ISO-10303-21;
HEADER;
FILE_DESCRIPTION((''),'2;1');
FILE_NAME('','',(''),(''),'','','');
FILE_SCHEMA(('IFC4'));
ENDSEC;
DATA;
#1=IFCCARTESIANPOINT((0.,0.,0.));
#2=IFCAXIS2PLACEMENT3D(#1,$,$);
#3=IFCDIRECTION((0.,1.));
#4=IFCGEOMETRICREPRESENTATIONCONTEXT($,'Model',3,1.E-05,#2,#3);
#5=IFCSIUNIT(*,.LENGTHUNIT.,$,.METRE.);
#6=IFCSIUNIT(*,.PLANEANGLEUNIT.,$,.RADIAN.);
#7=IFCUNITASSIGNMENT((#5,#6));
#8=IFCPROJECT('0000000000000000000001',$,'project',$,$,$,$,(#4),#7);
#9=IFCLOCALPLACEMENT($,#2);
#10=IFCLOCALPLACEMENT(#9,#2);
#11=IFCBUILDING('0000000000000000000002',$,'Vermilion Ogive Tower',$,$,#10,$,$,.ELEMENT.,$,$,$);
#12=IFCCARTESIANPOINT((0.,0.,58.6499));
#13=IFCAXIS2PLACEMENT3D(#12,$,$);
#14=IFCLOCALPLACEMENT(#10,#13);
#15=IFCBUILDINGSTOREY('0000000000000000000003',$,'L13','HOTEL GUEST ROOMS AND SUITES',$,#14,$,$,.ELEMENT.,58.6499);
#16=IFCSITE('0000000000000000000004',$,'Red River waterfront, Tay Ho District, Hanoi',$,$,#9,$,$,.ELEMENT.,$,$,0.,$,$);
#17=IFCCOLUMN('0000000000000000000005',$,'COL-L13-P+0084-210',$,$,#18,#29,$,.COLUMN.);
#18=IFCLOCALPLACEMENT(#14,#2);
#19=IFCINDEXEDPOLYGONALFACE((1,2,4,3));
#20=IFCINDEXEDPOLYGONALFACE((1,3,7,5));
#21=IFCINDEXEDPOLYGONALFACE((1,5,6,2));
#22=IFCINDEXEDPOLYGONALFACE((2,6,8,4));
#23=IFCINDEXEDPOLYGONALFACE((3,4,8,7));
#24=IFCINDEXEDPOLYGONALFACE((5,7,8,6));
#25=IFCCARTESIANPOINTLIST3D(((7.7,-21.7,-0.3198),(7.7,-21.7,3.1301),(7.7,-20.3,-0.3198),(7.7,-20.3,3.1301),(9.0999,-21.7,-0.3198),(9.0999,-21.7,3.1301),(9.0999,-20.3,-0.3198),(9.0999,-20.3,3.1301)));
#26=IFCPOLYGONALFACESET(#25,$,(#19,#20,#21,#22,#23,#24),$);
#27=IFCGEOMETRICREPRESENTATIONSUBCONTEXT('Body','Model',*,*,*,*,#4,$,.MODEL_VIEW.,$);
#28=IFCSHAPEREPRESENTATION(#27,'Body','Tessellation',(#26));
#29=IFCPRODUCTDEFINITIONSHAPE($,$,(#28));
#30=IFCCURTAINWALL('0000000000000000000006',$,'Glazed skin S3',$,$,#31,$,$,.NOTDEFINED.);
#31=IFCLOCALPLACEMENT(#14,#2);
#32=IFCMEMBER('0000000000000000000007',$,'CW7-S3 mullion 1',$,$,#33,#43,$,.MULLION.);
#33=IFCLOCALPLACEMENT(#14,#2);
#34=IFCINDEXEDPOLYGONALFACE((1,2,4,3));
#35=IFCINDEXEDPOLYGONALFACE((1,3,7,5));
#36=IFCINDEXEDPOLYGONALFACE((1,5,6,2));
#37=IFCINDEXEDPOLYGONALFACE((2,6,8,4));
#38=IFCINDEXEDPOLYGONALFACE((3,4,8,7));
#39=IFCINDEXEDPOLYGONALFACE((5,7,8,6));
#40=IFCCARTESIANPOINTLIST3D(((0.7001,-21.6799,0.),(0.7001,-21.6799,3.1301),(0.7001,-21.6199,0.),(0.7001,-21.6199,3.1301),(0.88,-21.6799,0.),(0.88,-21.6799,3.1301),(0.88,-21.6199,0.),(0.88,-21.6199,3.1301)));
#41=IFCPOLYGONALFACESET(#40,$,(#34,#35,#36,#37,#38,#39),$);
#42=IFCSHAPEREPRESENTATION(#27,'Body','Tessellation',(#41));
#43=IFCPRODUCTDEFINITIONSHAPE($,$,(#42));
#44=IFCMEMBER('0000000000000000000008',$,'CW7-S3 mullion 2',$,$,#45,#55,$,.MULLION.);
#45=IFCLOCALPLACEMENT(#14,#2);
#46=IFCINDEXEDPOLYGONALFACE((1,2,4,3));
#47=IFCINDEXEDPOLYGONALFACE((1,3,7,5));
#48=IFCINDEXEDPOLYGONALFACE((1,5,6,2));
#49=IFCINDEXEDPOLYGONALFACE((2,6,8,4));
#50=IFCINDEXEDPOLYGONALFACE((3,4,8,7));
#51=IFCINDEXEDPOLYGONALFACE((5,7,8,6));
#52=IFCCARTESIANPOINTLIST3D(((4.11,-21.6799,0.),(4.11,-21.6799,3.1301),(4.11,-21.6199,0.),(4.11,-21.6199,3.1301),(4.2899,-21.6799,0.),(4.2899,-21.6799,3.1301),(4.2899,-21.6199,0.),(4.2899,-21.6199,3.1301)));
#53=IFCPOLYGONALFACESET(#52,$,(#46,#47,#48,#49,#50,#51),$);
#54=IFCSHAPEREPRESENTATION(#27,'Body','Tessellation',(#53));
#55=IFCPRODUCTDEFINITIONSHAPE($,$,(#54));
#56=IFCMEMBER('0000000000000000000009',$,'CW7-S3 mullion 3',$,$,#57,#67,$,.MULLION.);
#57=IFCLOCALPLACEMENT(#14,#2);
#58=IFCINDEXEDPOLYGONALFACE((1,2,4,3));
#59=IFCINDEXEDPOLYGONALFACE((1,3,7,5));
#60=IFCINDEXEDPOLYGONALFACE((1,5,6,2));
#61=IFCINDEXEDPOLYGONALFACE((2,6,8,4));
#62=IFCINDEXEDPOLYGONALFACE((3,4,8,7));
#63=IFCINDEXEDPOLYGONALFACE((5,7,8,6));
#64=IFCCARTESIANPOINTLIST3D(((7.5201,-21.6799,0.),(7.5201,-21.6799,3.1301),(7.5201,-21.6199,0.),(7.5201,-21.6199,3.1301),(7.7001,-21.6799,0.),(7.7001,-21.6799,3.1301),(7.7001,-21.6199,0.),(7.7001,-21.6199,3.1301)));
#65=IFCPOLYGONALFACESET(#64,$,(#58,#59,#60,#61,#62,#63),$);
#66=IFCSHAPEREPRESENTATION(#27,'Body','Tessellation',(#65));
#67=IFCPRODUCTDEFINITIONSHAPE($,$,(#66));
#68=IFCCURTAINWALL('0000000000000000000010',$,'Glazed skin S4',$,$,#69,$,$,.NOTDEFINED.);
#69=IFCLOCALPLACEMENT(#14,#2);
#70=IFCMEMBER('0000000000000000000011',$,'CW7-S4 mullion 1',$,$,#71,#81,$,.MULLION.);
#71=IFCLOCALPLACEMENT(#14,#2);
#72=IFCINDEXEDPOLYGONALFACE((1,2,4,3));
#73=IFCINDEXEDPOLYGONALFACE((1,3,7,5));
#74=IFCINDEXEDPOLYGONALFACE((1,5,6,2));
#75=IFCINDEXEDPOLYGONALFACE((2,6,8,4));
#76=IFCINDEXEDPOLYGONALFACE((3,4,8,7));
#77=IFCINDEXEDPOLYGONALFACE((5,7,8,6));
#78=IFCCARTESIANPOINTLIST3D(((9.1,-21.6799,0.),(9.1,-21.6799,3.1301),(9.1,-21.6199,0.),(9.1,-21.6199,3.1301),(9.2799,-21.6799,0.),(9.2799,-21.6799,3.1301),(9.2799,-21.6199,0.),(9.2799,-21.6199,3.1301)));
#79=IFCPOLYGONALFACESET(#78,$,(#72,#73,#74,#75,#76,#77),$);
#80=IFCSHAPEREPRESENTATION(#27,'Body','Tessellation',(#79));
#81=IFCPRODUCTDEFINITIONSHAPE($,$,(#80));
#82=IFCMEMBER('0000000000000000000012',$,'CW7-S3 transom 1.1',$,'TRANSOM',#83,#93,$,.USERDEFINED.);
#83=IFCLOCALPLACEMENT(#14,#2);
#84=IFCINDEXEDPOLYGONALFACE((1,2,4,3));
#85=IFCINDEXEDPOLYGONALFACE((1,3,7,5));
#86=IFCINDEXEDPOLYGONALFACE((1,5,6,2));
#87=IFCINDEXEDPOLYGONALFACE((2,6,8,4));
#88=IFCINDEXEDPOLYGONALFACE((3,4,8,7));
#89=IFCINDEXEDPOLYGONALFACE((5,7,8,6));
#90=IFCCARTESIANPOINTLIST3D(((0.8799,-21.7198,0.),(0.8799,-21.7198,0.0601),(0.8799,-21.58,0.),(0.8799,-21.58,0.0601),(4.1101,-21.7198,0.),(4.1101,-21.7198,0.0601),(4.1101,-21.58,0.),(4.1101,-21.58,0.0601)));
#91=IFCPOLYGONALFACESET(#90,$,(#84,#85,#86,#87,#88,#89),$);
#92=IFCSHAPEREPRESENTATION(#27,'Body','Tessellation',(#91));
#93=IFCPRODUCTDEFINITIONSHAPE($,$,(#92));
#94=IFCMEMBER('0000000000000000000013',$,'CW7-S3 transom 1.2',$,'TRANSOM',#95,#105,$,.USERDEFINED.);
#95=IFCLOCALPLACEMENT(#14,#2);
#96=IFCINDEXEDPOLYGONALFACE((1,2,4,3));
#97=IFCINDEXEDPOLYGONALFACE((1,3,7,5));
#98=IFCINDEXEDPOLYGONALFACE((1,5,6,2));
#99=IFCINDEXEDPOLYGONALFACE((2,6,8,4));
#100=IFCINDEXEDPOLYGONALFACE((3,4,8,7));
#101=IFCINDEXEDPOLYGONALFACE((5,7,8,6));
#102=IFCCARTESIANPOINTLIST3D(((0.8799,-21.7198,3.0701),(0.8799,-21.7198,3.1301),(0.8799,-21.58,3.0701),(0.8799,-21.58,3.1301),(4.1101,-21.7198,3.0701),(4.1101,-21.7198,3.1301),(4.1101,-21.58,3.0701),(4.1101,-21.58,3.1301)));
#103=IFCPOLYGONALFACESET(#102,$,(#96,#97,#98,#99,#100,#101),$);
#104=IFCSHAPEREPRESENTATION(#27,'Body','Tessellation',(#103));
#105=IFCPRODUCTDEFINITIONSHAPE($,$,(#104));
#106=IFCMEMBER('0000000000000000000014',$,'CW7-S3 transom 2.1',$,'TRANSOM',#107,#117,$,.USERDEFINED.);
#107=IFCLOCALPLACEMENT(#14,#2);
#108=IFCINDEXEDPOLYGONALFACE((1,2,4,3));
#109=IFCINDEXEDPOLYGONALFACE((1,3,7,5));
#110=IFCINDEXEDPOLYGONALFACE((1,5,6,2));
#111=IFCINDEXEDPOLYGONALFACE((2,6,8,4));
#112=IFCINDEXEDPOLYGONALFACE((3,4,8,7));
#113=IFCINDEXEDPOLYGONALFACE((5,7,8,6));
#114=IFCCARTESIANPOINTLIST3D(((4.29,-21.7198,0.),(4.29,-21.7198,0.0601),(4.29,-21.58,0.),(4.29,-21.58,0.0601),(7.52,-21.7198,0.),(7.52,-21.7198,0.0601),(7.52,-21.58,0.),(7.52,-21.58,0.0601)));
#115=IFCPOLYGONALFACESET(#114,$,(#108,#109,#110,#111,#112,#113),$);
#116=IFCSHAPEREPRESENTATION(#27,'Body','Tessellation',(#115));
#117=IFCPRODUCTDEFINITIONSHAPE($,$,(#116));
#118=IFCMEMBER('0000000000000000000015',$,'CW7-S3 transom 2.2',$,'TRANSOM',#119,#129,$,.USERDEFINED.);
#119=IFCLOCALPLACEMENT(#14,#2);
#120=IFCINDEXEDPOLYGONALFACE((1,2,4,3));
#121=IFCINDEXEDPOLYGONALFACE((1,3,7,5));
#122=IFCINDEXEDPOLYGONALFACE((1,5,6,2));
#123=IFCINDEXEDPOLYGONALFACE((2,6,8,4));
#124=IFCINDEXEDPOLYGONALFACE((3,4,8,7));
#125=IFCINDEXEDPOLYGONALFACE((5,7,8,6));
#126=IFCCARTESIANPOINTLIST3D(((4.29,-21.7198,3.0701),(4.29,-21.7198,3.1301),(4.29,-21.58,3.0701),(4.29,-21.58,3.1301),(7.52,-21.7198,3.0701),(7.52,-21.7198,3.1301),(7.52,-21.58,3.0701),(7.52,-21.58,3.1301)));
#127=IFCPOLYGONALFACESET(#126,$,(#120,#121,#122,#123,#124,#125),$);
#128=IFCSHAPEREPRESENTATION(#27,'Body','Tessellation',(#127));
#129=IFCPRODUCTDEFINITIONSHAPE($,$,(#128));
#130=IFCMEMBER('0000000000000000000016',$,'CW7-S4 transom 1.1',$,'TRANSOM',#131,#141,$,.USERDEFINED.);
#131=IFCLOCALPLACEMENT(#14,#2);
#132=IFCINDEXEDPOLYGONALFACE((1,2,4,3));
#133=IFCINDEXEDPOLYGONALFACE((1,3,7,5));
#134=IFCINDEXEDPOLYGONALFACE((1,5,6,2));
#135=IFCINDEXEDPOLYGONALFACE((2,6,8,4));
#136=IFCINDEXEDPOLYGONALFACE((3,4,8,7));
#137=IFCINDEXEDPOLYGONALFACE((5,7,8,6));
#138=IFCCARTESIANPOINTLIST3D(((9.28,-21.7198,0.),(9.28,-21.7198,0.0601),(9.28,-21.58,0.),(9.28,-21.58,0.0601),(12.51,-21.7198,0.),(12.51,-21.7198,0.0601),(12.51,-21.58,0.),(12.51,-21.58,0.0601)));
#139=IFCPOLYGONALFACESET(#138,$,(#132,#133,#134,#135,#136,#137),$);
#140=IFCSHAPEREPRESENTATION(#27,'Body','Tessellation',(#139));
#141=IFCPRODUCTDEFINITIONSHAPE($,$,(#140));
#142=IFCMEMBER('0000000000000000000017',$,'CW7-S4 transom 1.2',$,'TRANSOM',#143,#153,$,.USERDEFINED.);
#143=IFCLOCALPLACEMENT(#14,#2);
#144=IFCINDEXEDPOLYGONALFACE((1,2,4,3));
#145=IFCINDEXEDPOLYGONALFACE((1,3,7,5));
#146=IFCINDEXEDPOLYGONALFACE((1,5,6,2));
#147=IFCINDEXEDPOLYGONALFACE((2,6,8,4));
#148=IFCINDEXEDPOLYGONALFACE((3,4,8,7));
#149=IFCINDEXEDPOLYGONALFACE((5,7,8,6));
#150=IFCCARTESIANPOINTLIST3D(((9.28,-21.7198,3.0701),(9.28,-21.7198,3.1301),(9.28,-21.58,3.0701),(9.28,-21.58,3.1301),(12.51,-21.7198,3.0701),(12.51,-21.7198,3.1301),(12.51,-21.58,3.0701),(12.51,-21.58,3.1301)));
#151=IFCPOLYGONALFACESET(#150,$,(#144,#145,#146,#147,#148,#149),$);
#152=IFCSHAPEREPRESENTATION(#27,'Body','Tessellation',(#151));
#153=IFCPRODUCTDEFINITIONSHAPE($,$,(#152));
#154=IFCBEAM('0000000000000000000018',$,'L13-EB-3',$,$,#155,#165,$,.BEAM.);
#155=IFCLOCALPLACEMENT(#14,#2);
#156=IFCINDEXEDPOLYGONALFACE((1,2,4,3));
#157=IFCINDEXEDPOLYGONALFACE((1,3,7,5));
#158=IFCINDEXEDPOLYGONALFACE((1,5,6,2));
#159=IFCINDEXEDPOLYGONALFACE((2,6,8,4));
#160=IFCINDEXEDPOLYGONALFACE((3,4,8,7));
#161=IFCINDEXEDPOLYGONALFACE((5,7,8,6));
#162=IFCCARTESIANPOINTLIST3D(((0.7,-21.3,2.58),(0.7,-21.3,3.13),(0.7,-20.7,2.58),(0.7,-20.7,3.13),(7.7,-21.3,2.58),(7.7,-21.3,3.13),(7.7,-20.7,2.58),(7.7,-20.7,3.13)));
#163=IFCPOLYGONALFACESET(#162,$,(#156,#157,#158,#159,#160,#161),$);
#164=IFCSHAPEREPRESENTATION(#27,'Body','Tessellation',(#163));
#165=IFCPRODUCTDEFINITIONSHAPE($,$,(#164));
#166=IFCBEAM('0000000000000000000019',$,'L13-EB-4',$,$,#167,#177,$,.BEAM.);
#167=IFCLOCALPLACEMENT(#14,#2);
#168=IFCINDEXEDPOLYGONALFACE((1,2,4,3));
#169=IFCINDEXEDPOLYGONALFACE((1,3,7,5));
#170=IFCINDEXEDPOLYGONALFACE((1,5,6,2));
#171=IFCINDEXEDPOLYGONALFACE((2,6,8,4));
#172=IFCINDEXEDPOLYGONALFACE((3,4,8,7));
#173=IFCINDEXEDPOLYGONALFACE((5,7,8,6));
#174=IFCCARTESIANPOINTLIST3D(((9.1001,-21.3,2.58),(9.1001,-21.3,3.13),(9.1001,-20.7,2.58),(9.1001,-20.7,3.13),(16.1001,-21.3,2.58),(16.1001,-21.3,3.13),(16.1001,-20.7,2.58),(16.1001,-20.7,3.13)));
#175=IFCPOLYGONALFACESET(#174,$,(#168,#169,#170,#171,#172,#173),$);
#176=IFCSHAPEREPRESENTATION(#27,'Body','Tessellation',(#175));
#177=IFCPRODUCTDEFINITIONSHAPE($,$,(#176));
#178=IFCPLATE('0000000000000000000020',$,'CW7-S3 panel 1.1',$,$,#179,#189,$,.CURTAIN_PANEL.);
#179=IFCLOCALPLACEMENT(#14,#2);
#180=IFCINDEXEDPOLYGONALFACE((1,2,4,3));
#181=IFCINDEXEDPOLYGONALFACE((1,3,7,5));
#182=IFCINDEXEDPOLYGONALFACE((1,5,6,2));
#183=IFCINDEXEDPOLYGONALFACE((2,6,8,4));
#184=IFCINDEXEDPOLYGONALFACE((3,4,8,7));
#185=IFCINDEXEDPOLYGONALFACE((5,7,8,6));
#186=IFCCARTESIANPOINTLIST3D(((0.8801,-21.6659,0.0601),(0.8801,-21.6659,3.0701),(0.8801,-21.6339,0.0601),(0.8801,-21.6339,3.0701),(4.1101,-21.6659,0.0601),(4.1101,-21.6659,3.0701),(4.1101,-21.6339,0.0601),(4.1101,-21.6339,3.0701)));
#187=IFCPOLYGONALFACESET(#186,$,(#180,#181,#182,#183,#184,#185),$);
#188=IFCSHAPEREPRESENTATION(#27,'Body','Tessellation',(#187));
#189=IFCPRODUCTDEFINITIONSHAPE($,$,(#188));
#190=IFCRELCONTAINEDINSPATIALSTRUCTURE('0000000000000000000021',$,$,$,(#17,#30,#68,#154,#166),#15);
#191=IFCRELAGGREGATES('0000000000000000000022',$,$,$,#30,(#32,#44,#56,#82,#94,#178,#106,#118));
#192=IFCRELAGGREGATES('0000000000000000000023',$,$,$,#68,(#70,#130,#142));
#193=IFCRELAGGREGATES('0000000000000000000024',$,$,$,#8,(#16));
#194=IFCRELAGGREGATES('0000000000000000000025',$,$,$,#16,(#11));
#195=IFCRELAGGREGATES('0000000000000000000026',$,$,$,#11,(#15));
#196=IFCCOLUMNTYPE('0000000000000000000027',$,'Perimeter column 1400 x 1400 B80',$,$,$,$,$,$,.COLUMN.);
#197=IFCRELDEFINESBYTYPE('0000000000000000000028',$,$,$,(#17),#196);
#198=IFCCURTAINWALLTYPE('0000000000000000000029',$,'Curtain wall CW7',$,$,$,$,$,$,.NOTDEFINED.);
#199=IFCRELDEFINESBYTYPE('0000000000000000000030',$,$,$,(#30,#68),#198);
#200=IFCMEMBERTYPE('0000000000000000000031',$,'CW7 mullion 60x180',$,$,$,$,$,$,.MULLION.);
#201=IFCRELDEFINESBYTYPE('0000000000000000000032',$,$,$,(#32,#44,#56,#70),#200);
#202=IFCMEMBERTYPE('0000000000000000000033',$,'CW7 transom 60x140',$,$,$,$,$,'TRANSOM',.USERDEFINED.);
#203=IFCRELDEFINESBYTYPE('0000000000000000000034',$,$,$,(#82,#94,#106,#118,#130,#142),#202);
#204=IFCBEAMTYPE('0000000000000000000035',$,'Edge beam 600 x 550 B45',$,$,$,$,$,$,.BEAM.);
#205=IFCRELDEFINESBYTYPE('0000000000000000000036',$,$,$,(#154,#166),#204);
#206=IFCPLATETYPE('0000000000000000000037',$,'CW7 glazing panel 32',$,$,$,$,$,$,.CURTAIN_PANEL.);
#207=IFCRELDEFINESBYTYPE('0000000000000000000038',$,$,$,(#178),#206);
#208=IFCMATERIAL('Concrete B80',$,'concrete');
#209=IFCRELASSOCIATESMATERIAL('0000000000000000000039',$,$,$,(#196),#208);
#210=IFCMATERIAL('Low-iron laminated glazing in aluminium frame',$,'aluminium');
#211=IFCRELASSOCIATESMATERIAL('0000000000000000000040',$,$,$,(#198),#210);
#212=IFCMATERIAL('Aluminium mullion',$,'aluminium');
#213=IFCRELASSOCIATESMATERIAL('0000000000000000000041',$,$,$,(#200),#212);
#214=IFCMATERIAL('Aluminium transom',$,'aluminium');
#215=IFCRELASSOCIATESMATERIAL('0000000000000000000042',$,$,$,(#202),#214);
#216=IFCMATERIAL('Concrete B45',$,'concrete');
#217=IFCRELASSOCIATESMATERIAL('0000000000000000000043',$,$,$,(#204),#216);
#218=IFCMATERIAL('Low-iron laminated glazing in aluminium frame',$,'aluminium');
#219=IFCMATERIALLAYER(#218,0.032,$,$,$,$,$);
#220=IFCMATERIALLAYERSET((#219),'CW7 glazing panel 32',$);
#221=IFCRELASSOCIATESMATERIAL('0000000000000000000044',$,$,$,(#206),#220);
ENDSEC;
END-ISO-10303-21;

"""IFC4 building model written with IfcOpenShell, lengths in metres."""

from ifc_helpers import new_model, si_unit, direction, frame, origin, origin_2d, place, context, subcontext, project, spatial, rectangle, extrude, material, layer, layer_set, material_profile, profile_set, type_object, element, aggregate, save


model = new_model("IFC4")

# Units and contexts
model_context = context("Model", 3, precision=1e-05, world=origin(), true_north=direction((0.0, 1.0)))
body_context = subcontext(model_context, "Body", "Model", "MODEL_VIEW")
ifc_project = project(units=[si_unit("LENGTHUNIT", "METRE"), si_unit("PLANEANGLEUNIT", "RADIAN")], contexts=[model_context])

# Site, building, storey
site_placement = place(None, origin())
site = spatial("IfcSite", under=ifc_project, at=site_placement, Name="Red River waterfront, Tay Ho District, Hanoi", CompositionType="ELEMENT", RefElevation=0.0)
building_placement = place(site_placement, origin())
building = spatial("IfcBuilding", under=site, at=building_placement, Name="Vermilion Ogive Tower", CompositionType="ELEMENT")
storey_placement = place(building_placement, frame((0.0, 0.0, 58.6499)))
storey = spatial("IfcBuildingStorey", under=building, at=storey_placement, Name="L13", Description="HOTEL GUEST ROOMS AND SUITES", CompositionType="ELEMENT", Elevation=58.6499)

# Column
ifc_material_1 = material(Name="Concrete B80", Category="concrete")
ifc_material_profile_1 = material_profile(ifc_material_1, rectangle(XDim=1.3999, YDim=1.3999, at=origin_2d()), Name="1400 x 1400")
ifc_profile_set_1 = profile_set([ifc_material_profile_1], Name="Concrete B80")
column_type = type_object("IfcColumnType", Name="Perimeter column 1400 x 1400 B80", PredefinedType="COLUMN", material=ifc_profile_set_1)
column_placement = place(storey_placement, frame((8.3999, -21.0, -0.3198), z_axis=(0.0, 0.0, 1.0), x_axis=(1.0, 0.0, 0.0)))
element("IfcColumn", 1, at=column_placement, inside=storey, type_object=column_type, Name="COL-L13-P+0084-210", PredefinedType="COLUMN", context=body_context, shape_type="SweptSolid", body=[
    extrude(rectangle(XDim=1.3999, YDim=1.3999, at=origin_2d()), origin(), (0.0, 0.0, 1.0), 3.45),
])

# Curtain wall, members
ifc_material_2 = material(Name="Low-iron laminated glazing in aluminium frame", Category="aluminium")
curtain_wall_type = type_object("IfcCurtainWallType", Name="Curtain wall CW7", PredefinedType="NOTDEFINED", material=ifc_material_2)
curtain_wall_1_placement = place(storey_placement, origin())
curtain_wall_1 = element("IfcCurtainWall", 2, at=curtain_wall_1_placement, inside=storey, type_object=curtain_wall_type, Name="Glazed skin S3", PredefinedType="NOTDEFINED")
ifc_material_3 = material(Name="Aluminium mullion", Category="aluminium")
ifc_material_profile_2 = material_profile(ifc_material_3, rectangle(XDim=0.0601, YDim=0.1799, at=origin_2d()), Name="AL 60x180")
ifc_profile_set_2 = profile_set([ifc_material_profile_2], Name="Aluminium mullion")
member_type_1 = type_object("IfcMemberType", Name="CW7 mullion 60x180", PredefinedType="MULLION", material=ifc_profile_set_2)
member_1_placement = place(storey_placement, frame((0.79, -21.6499, 0.0), z_axis=(0.0, 0.0, 1.0), x_axis=(0.0, 1.0, 0.0)))
member_1 = element("IfcMember", 3, at=member_1_placement, type_object=member_type_1, Name="CW7-S3 mullion 1", PredefinedType="MULLION", context=body_context, shape_type="SweptSolid", body=[
    extrude(rectangle(XDim=0.0601, YDim=0.1799, at=origin_2d()), origin(), (0.0, 0.0, 1.0), 3.1301),
])
member_2_placement = place(storey_placement, frame((4.2, -21.6499, 0.0), z_axis=(0.0, 0.0, 1.0), x_axis=(0.0, 1.0, 0.0)))
member_2 = element("IfcMember", 4, at=member_2_placement, type_object=member_type_1, Name="CW7-S3 mullion 2", PredefinedType="MULLION", context=body_context, shape_type="SweptSolid", body=[
    extrude(rectangle(XDim=0.0601, YDim=0.1799, at=origin_2d()), origin(), (0.0, 0.0, 1.0), 3.1301),
])
member_3_placement = place(storey_placement, frame((7.6101, -21.6499, 0.0), z_axis=(0.0, 0.0, 1.0), x_axis=(0.0, 1.0, 0.0)))
member_3 = element("IfcMember", 5, at=member_3_placement, type_object=member_type_1, Name="CW7-S3 mullion 3", PredefinedType="MULLION", context=body_context, shape_type="SweptSolid", body=[
    extrude(rectangle(XDim=0.0601, YDim=0.1799, at=origin_2d()), origin(), (0.0, 0.0, 1.0), 3.1301),
])

# Curtain wall, member
curtain_wall_2_placement = place(storey_placement, origin())
curtain_wall_2 = element("IfcCurtainWall", 6, at=curtain_wall_2_placement, inside=storey, type_object=curtain_wall_type, Name="Glazed skin S4", PredefinedType="NOTDEFINED")
member_4_placement = place(storey_placement, frame((9.1899, -21.6499, 0.0), z_axis=(0.0, 0.0, 1.0), x_axis=(0.0, 1.0, 0.0)))
member_4 = element("IfcMember", 7, at=member_4_placement, type_object=member_type_1, Name="CW7-S4 mullion 1", PredefinedType="MULLION", context=body_context, shape_type="SweptSolid", body=[
    extrude(rectangle(XDim=0.0601, YDim=0.1799, at=origin_2d()), origin(), (0.0, 0.0, 1.0), 3.1301),
])

# Members
ifc_material_4 = material(Name="Aluminium transom", Category="aluminium")
ifc_material_profile_3 = material_profile(ifc_material_4, rectangle(XDim=0.1399, YDim=0.0601, at=origin_2d()), Name="AL 60x140")
ifc_profile_set_3 = profile_set([ifc_material_profile_3], Name="Aluminium transom")
member_type_2 = type_object("IfcMemberType", Name="CW7 transom 60x140", ElementType="TRANSOM", PredefinedType="USERDEFINED", material=ifc_profile_set_3)
member_5_placement = place(storey_placement, frame((0.8799, -21.6499, 0.03), z_axis=(1.0, 0.0, 0.0), x_axis=(0.0, 1.0, 0.0)))
member_5 = element("IfcMember", 8, at=member_5_placement, type_object=member_type_2, Name="CW7-S3 transom 1.1", ObjectType="TRANSOM", PredefinedType="USERDEFINED", context=body_context, shape_type="SweptSolid", body=[
    extrude(rectangle(XDim=0.1399, YDim=0.0601, at=origin_2d()), origin(), (0.0, 0.0, 1.0), 3.2302),
])
member_6_placement = place(storey_placement, frame((0.8799, -21.6499, 3.1001), z_axis=(1.0, 0.0, 0.0), x_axis=(0.0, 1.0, 0.0)))
member_6 = element("IfcMember", 9, at=member_6_placement, type_object=member_type_2, Name="CW7-S3 transom 1.2", ObjectType="TRANSOM", PredefinedType="USERDEFINED", context=body_context, shape_type="SweptSolid", body=[
    extrude(rectangle(XDim=0.1399, YDim=0.0601, at=origin_2d()), origin(), (0.0, 0.0, 1.0), 3.2302),
])
member_7_placement = place(storey_placement, frame((4.29, -21.6499, 0.03), z_axis=(1.0, 0.0, 0.0), x_axis=(0.0, 1.0, 0.0)))
member_7 = element("IfcMember", 10, at=member_7_placement, type_object=member_type_2, Name="CW7-S3 transom 2.1", ObjectType="TRANSOM", PredefinedType="USERDEFINED", context=body_context, shape_type="SweptSolid", body=[
    extrude(rectangle(XDim=0.1399, YDim=0.0601, at=origin_2d()), origin(), (0.0, 0.0, 1.0), 3.23),
])
member_8_placement = place(storey_placement, frame((4.29, -21.6499, 3.1001), z_axis=(1.0, 0.0, 0.0), x_axis=(0.0, 1.0, 0.0)))
member_8 = element("IfcMember", 11, at=member_8_placement, type_object=member_type_2, Name="CW7-S3 transom 2.2", ObjectType="TRANSOM", PredefinedType="USERDEFINED", context=body_context, shape_type="SweptSolid", body=[
    extrude(rectangle(XDim=0.1399, YDim=0.0601, at=origin_2d()), origin(), (0.0, 0.0, 1.0), 3.23),
])
member_9_placement = place(storey_placement, frame((9.28, -21.6499, 0.03), z_axis=(1.0, 0.0, 0.0), x_axis=(0.0, 1.0, 0.0)))
member_9 = element("IfcMember", 12, at=member_9_placement, type_object=member_type_2, Name="CW7-S4 transom 1.1", ObjectType="TRANSOM", PredefinedType="USERDEFINED", context=body_context, shape_type="SweptSolid", body=[
    extrude(rectangle(XDim=0.1399, YDim=0.0601, at=origin_2d()), origin(), (0.0, 0.0, 1.0), 3.23),
])
member_10_placement = place(storey_placement, frame((9.28, -21.6499, 3.1001), z_axis=(1.0, 0.0, 0.0), x_axis=(0.0, 1.0, 0.0)))
member_10 = element("IfcMember", 13, at=member_10_placement, type_object=member_type_2, Name="CW7-S4 transom 1.2", ObjectType="TRANSOM", PredefinedType="USERDEFINED", context=body_context, shape_type="SweptSolid", body=[
    extrude(rectangle(XDim=0.1399, YDim=0.0601, at=origin_2d()), origin(), (0.0, 0.0, 1.0), 3.23),
])

# Beams
ifc_material_5 = material(Name="Concrete B45", Category="concrete")
ifc_material_profile_4 = material_profile(ifc_material_5, rectangle(XDim=0.6001, YDim=0.55, at=origin_2d()), Name="600 x 550")
ifc_profile_set_4 = profile_set([ifc_material_profile_4], Name="Concrete B45")
beam_type = type_object("IfcBeamType", Name="Edge beam 600 x 550 B45", PredefinedType="BEAM", material=ifc_profile_set_4)
for number, where, z_axis, x_axis, name in (
    (14, (0.7, -21.0, 2.855), (1.0, 0.0, 0.0), (0.0, 1.0, 0.0), "L13-EB-3"),
    (15, (9.1001, -21.0, 2.855), (1.0, 0.0, 0.0), (0.0, 1.0, 0.0), "L13-EB-4"),
):
    element("IfcBeam", number, at=place(storey_placement, frame(where, z_axis=z_axis, x_axis=x_axis)), inside=storey, type_object=beam_type, Name=name, PredefinedType="BEAM", context=body_context, shape_type="SweptSolid", body=[
        extrude(rectangle(XDim=0.6001, YDim=0.55, at=origin_2d()), origin(), (0.0, 0.0, 1.0), 7.0),
    ])

# Plate
ifc_material_6 = material(Name="Low-iron laminated glazing in aluminium frame", Category="aluminium")
ifc_layer_1 = layer(ifc_material_6, 0.032)
ifc_layer_set_1 = layer_set([ifc_layer_1], Name="CW7 glazing panel 32")
plate_type = type_object("IfcPlateType", Name="CW7 glazing panel 32", PredefinedType="CURTAIN_PANEL", material=ifc_layer_set_1)
plate_1_placement = place(storey_placement, frame((2.4951, -21.6499, 0.0601), z_axis=(0.0, 0.0, 1.0), x_axis=(1.0, 0.0, 0.0)))
plate_1 = element("IfcPlate", 16, at=plate_1_placement, type_object=plate_type, Name="CW7-S3 panel 1.1", PredefinedType="CURTAIN_PANEL", context=body_context, shape_type="SweptSolid", body=[
    extrude(rectangle(XDim=3.23, YDim=0.032, at=origin_2d()), origin(), (0.0, 0.0, 1.0), 3.01),
])
aggregate(curtain_wall_1, [member_1, member_2, member_3, member_5, member_6, plate_1, member_7, member_8])
aggregate(curtain_wall_2, [member_4, member_9, member_10])

save(model, "model.ifc")
